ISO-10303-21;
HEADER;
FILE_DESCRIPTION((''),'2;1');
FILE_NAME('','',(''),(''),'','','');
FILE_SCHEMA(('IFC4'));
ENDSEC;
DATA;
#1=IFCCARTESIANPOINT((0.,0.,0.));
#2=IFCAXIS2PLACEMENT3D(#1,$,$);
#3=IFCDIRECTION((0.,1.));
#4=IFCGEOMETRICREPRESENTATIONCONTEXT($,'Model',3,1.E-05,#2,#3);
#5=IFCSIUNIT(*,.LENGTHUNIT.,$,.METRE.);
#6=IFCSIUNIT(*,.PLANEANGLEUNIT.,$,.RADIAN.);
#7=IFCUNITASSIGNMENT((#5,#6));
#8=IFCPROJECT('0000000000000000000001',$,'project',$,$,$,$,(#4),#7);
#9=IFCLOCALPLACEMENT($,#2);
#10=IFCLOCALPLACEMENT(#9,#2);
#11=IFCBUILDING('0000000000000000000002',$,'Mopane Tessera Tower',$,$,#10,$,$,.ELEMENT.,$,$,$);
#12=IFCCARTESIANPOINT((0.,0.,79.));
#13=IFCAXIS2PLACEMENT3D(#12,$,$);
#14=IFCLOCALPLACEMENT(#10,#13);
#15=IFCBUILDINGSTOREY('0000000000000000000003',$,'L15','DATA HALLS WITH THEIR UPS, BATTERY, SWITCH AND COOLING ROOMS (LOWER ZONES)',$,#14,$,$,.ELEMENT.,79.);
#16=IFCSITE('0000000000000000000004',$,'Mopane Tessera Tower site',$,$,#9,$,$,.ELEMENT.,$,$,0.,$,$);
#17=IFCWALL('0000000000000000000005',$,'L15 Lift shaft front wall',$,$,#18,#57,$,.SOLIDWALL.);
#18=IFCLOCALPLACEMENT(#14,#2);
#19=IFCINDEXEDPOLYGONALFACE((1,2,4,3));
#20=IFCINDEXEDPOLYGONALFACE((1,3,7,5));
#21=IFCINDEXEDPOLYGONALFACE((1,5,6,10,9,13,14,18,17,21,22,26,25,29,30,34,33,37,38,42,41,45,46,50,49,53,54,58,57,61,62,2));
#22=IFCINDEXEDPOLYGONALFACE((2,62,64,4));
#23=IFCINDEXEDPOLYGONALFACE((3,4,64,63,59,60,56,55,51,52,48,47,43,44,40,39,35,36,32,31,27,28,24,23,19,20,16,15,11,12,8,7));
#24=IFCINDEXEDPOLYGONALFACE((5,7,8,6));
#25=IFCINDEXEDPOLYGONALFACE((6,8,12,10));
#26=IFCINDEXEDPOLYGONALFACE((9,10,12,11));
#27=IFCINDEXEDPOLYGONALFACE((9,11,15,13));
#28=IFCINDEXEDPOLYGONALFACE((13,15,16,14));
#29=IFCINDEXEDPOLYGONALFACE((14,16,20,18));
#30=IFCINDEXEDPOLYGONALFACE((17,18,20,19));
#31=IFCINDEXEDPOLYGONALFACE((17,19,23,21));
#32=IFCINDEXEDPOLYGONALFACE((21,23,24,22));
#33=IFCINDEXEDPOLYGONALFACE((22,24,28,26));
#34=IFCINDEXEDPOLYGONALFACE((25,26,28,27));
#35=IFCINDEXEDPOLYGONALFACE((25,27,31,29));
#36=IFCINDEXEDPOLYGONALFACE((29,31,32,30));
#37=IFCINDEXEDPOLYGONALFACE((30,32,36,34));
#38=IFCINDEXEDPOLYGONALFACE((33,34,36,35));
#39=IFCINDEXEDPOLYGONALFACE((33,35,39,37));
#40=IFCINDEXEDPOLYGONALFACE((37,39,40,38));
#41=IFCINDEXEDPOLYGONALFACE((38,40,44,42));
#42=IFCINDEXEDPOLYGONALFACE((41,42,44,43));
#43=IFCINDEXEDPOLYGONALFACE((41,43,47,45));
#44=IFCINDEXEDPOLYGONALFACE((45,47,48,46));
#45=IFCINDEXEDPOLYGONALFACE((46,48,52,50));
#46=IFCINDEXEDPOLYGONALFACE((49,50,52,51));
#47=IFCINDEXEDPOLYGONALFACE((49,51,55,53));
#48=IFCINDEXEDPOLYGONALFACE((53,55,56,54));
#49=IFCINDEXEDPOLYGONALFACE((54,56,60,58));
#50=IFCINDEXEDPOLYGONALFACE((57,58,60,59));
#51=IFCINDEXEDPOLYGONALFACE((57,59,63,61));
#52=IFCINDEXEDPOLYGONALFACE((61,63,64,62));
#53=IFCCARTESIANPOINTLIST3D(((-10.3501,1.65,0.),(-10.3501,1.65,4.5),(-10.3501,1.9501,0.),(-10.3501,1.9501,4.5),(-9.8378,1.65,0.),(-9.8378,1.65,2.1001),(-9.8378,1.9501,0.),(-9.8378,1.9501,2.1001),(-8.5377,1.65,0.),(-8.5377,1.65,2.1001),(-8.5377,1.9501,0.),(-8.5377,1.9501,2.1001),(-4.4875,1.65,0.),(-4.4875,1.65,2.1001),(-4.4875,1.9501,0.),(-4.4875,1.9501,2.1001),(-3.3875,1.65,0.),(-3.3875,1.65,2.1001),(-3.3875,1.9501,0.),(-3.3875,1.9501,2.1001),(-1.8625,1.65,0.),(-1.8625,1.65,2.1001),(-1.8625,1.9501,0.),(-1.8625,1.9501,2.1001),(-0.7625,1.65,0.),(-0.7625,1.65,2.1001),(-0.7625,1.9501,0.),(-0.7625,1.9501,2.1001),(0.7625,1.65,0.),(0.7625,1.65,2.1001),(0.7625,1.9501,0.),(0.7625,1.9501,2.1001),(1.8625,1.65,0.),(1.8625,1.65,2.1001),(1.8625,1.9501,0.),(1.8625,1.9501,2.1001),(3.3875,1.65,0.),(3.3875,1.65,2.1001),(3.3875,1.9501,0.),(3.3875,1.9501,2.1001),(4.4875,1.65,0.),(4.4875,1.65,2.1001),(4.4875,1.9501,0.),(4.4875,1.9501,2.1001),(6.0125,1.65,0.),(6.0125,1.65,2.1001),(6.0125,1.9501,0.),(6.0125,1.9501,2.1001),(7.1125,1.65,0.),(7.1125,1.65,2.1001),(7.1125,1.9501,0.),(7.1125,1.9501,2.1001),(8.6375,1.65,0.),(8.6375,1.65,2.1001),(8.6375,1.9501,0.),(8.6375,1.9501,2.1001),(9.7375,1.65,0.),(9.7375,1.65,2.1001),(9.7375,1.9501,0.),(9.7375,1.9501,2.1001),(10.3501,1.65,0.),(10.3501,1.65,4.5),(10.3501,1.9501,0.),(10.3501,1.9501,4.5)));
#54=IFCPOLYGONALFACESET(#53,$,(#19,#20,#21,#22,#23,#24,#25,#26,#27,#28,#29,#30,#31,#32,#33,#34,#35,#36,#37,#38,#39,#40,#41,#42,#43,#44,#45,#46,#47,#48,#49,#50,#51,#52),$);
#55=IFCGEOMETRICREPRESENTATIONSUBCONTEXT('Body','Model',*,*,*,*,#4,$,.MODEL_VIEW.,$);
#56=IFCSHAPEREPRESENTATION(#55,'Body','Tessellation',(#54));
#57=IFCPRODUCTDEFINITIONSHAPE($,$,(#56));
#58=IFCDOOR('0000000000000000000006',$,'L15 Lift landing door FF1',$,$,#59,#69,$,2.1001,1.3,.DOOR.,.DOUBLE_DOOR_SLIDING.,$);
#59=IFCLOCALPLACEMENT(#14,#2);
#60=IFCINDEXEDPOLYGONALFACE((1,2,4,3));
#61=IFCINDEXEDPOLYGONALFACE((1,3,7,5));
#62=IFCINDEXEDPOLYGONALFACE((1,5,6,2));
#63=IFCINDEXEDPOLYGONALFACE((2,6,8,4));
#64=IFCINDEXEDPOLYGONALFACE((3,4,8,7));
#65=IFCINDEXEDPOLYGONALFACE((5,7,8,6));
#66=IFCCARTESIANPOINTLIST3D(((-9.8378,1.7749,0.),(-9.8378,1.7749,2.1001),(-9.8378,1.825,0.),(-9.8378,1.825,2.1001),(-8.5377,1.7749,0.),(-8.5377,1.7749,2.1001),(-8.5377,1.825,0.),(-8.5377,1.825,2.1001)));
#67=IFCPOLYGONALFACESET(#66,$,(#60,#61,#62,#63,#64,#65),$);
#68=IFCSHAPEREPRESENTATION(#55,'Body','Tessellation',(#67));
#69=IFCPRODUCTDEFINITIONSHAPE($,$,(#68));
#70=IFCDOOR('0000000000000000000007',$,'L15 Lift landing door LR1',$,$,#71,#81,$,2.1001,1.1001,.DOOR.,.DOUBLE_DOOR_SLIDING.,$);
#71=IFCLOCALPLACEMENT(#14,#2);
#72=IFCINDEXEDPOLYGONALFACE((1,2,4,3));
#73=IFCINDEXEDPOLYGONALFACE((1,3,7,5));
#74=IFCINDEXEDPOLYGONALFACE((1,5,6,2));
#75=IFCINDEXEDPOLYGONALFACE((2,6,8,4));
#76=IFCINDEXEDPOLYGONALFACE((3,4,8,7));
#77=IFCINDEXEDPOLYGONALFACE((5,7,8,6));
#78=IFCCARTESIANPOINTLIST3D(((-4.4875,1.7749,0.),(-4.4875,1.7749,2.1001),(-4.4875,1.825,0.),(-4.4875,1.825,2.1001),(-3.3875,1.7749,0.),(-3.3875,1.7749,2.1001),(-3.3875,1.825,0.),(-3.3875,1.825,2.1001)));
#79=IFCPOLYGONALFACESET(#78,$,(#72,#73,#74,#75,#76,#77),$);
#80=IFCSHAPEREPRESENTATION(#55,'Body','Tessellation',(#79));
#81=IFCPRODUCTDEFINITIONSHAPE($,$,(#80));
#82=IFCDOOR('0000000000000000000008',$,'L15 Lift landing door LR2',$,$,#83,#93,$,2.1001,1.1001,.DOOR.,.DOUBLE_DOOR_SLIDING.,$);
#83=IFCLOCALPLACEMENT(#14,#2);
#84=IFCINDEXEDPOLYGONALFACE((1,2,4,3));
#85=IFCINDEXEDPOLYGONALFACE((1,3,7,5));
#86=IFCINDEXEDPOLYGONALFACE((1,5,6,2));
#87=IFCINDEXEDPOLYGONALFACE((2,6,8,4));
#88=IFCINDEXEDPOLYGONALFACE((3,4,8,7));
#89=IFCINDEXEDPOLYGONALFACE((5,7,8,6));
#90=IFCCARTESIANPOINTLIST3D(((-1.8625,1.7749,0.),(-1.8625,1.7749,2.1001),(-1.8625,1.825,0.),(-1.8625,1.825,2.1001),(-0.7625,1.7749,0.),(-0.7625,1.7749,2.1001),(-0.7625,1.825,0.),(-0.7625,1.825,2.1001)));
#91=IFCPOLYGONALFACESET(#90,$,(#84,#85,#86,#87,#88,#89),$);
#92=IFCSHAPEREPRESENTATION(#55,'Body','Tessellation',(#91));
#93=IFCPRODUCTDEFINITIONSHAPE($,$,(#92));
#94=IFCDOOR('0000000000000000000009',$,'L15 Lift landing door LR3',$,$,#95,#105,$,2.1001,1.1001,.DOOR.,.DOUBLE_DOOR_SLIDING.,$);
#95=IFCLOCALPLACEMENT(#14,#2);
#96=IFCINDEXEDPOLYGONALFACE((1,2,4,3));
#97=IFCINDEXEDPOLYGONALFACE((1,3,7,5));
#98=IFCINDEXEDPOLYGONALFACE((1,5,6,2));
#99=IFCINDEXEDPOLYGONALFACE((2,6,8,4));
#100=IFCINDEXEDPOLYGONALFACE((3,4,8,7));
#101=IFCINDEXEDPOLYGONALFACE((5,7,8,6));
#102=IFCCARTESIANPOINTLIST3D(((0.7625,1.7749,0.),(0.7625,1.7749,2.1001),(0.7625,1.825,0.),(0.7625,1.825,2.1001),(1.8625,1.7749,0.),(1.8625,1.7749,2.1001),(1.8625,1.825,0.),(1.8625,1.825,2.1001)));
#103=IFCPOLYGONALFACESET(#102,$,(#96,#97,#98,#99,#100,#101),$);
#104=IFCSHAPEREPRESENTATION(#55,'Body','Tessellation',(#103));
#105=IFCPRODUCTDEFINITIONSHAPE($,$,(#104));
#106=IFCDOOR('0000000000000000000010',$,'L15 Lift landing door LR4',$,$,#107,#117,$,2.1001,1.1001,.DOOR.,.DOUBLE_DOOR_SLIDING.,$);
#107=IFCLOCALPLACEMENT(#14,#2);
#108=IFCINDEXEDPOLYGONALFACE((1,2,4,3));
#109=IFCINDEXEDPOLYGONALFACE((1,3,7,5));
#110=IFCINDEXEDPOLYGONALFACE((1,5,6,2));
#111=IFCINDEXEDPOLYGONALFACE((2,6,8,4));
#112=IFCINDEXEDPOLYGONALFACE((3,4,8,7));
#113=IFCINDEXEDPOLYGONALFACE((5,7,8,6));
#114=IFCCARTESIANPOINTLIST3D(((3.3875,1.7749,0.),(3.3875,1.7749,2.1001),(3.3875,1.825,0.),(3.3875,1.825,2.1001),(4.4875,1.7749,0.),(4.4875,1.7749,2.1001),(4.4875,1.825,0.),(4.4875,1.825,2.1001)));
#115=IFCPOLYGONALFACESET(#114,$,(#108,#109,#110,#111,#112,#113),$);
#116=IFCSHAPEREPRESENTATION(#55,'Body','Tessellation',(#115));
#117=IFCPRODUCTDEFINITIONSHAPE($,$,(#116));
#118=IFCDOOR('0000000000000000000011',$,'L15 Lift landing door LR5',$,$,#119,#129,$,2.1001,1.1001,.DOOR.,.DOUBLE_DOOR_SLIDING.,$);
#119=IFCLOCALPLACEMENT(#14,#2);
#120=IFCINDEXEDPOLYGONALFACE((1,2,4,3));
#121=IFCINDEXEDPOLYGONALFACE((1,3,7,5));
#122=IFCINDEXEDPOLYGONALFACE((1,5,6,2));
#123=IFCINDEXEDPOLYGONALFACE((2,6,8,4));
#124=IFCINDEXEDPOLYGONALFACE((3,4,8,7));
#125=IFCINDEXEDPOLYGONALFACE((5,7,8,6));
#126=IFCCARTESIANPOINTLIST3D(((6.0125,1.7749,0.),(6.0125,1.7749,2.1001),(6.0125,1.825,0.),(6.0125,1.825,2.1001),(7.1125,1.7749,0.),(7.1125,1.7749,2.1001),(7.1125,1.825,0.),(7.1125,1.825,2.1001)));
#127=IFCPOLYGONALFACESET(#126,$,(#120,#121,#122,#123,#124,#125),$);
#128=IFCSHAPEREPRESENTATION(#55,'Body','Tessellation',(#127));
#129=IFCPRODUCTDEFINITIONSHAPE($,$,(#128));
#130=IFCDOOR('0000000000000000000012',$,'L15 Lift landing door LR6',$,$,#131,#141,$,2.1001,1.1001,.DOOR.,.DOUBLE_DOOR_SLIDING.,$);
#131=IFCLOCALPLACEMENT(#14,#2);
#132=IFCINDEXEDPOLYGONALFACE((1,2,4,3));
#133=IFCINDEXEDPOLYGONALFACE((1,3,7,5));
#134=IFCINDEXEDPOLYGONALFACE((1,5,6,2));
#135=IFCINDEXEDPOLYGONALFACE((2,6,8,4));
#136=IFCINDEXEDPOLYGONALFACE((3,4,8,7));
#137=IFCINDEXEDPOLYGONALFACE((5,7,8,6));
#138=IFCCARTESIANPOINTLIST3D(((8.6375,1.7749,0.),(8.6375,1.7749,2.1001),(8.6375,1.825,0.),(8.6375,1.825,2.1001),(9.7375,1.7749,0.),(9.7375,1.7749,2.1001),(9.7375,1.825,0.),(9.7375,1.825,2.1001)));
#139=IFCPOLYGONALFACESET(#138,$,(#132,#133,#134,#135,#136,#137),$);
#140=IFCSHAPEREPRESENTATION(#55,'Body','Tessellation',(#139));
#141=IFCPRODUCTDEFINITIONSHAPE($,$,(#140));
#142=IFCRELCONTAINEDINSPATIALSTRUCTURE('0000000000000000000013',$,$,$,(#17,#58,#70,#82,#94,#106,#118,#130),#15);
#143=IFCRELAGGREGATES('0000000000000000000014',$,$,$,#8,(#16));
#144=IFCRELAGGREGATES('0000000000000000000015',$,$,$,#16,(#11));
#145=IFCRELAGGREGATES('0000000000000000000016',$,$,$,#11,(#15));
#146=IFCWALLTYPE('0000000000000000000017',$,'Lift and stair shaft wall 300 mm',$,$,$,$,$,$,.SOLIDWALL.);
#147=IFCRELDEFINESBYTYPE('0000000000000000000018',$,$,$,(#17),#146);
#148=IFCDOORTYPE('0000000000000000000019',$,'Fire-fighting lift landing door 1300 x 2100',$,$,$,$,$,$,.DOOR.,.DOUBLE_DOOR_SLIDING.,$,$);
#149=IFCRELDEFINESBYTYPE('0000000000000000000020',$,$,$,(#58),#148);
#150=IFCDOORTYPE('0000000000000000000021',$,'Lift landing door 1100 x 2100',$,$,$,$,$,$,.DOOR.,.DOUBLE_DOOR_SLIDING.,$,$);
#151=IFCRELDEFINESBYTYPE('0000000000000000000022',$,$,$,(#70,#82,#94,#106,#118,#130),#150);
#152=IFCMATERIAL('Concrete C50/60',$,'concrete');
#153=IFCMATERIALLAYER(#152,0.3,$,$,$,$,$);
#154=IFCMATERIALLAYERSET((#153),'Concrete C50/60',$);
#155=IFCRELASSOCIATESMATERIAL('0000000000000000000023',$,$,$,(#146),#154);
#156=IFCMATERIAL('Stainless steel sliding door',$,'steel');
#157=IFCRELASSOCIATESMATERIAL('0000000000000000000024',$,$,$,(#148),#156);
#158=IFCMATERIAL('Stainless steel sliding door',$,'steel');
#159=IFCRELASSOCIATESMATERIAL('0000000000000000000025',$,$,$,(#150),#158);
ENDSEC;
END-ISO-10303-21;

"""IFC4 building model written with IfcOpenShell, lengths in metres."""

from ifc_helpers import new_model, si_unit, direction, frame, frame_2d, origin, place, context, subcontext, project, spatial, rectangle, extrude, material, layer, layer_set, type_object, element, fill, save


model = new_model("IFC4")

# Units and contexts
model_context = context("Model", 3, precision=1e-05, world=origin(), true_north=direction((0.0, 1.0)))
body_context = subcontext(model_context, "Body", "Model", "MODEL_VIEW")
ifc_project = project(units=[si_unit("LENGTHUNIT", "METRE"), si_unit("PLANEANGLEUNIT", "RADIAN")], contexts=[model_context])

# Site, building, storey
site_placement = place(None, origin())
site = spatial("IfcSite", under=ifc_project, at=site_placement, Name="Mopane Tessera Tower site", CompositionType="ELEMENT", RefElevation=0.0)
building_placement = place(site_placement, origin())
building = spatial("IfcBuilding", under=site, at=building_placement, Name="Mopane Tessera Tower", CompositionType="ELEMENT")
storey_placement = place(building_placement, frame((0.0, 0.0, 79.0)))
storey = spatial("IfcBuildingStorey", under=building, at=storey_placement, Name="L15", Description="DATA HALLS WITH THEIR UPS, BATTERY, SWITCH AND COOLING ROOMS (LOWER ZONES)", CompositionType="ELEMENT", Elevation=79.0)

# Shared definitions
ifc_material_1 = material(Name="Concrete C50/60", Category="concrete")
ifc_layer_1 = layer(ifc_material_1, 0.3)
ifc_layer_set_1 = layer_set([ifc_layer_1], Name="Concrete C50/60")
wall_type_1 = type_object("IfcWallType", Name="Lift and stair shaft wall 300 mm", PredefinedType="SOLIDWALL", material=ifc_layer_set_1)

# Wall, openings, doors
wall_1_placement = place(storey_placement, frame((-10.3501, 1.8, 0.0), z_axis=(0.0, 0.0, 1.0), x_axis=(1.0, 0.0, 0.0)))
wall_1 = element("IfcWall", 1, at=wall_1_placement, inside=storey, type_object=wall_type_1, Name="L15 Lift shaft front wall", PredefinedType="SOLIDWALL", context=body_context, shape_type="SweptSolid", body=[
    extrude(rectangle(XDim=20.7002, YDim=0.3, at=frame_2d((10.3501, 0.0))), origin(), (0.0, 0.0, 1.0), 4.5),
])
opening_1_placement = place(wall_1_placement, frame((0.5125, 0.0, 0.0)))
opening_1 = element("IfcOpeningElement", 2, at=opening_1_placement, cuts=wall_1, PredefinedType="OPENING", context=body_context, shape_type="SweptSolid", body=[
    extrude(rectangle(XDim=1.3, YDim=2.1001, at=frame_2d((0.6499, 1.05))), frame((0.0, 0.1621, 0.0), z_axis=(0.0, -1.0, 0.0), x_axis=(1.0, 0.0, 0.0)), (0.0, 0.0, 1.0), 0.324),
])
opening_2_placement = place(wall_1_placement, frame((5.8625, 0.0, 0.0)))
opening_2 = element("IfcOpeningElement", 3, at=opening_2_placement, cuts=wall_1, PredefinedType="OPENING", context=body_context, shape_type="SweptSolid", body=[
    extrude(rectangle(XDim=1.1001, YDim=2.1001, at=frame_2d((0.55, 1.05))), frame((0.0, 0.1621, 0.0), z_axis=(0.0, -1.0, 0.0), x_axis=(1.0, 0.0, 0.0)), (0.0, 0.0, 1.0), 0.324),
])
opening_3_placement = place(wall_1_placement, frame((8.4875, 0.0, 0.0)))
opening_3 = element("IfcOpeningElement", 4, at=opening_3_placement, cuts=wall_1, PredefinedType="OPENING", context=body_context, shape_type="SweptSolid", body=[
    extrude(rectangle(XDim=1.1001, YDim=2.1001, at=frame_2d((0.55, 1.05))), frame((0.0, 0.1621, 0.0), z_axis=(0.0, -1.0, 0.0), x_axis=(1.0, 0.0, 0.0)), (0.0, 0.0, 1.0), 0.324),
])
opening_4_placement = place(wall_1_placement, frame((11.1125, 0.0, 0.0)))
opening_4 = element("IfcOpeningElement", 5, at=opening_4_placement, cuts=wall_1, PredefinedType="OPENING", context=body_context, shape_type="SweptSolid", body=[
    extrude(rectangle(XDim=1.1001, YDim=2.1001, at=frame_2d((0.55, 1.05))), frame((0.0, 0.1621, 0.0), z_axis=(0.0, -1.0, 0.0), x_axis=(1.0, 0.0, 0.0)), (0.0, 0.0, 1.0), 0.324),
])
opening_5_placement = place(wall_1_placement, frame((13.7375, 0.0, 0.0)))
opening_5 = element("IfcOpeningElement", 6, at=opening_5_placement, cuts=wall_1, PredefinedType="OPENING", context=body_context, shape_type="SweptSolid", body=[
    extrude(rectangle(XDim=1.1001, YDim=2.1001, at=frame_2d((0.55, 1.05))), frame((0.0, 0.1621, 0.0), z_axis=(0.0, -1.0, 0.0), x_axis=(1.0, 0.0, 0.0)), (0.0, 0.0, 1.0), 0.324),
])
opening_6_placement = place(wall_1_placement, frame((16.3625, 0.0, 0.0)))
opening_6 = element("IfcOpeningElement", 7, at=opening_6_placement, cuts=wall_1, PredefinedType="OPENING", context=body_context, shape_type="SweptSolid", body=[
    extrude(rectangle(XDim=1.1001, YDim=2.1001, at=frame_2d((0.55, 1.05))), frame((0.0, 0.1621, 0.0), z_axis=(0.0, -1.0, 0.0), x_axis=(1.0, 0.0, 0.0)), (0.0, 0.0, 1.0), 0.324),
])
opening_7_placement = place(wall_1_placement, frame((18.9875, 0.0, 0.0)))
opening_7 = element("IfcOpeningElement", 8, at=opening_7_placement, cuts=wall_1, PredefinedType="OPENING", context=body_context, shape_type="SweptSolid", body=[
    extrude(rectangle(XDim=1.1001, YDim=2.1001, at=frame_2d((0.55, 1.05))), frame((0.0, 0.1621, 0.0), z_axis=(0.0, -1.0, 0.0), x_axis=(1.0, 0.0, 0.0)), (0.0, 0.0, 1.0), 0.324),
])
ifc_material_2 = material(Name="Stainless steel sliding door", Category="steel")
door_type_1 = type_object("IfcDoorType", Name="Fire-fighting lift landing door 1300 x 2100", OperationType="DOUBLE_DOOR_SLIDING", PredefinedType="DOOR", material=ifc_material_2)
door_1_placement = place(opening_1_placement, origin())
door_1 = element("IfcDoor", 9, at=door_1_placement, inside=storey, type_object=door_type_1, Name="L15 Lift landing door FF1", OperationType="DOUBLE_DOOR_SLIDING", OverallHeight=2.1001, OverallWidth=1.3, PredefinedType="DOOR", context=body_context, shape_type="SweptSolid", body=[
    extrude(rectangle(XDim=1.3, YDim=2.1001, at=frame_2d((0.6499, 1.05))), frame((0.0, 0.0249, 0.0), z_axis=(0.0, -1.0, 0.0), x_axis=(1.0, 0.0, 0.0)), (0.0, 0.0, 1.0), 0.05),
])
fill(opening_1, door_1)
ifc_material_3 = material(Name="Stainless steel sliding door", Category="steel")
door_type_2 = type_object("IfcDoorType", Name="Lift landing door 1100 x 2100", OperationType="DOUBLE_DOOR_SLIDING", PredefinedType="DOOR", material=ifc_material_3)
door_2_placement = place(opening_2_placement, origin())
door_2 = element("IfcDoor", 10, at=door_2_placement, inside=storey, type_object=door_type_2, Name="L15 Lift landing door LR1", OperationType="DOUBLE_DOOR_SLIDING", OverallHeight=2.1001, OverallWidth=1.1001, PredefinedType="DOOR", context=body_context, shape_type="SweptSolid", body=[
    extrude(rectangle(XDim=1.1001, YDim=2.1001, at=frame_2d((0.55, 1.05))), frame((0.0, 0.0249, 0.0), z_axis=(0.0, -1.0, 0.0), x_axis=(1.0, 0.0, 0.0)), (0.0, 0.0, 1.0), 0.05),
])
fill(opening_2, door_2)
door_3_placement = place(opening_3_placement, origin())
door_3 = element("IfcDoor", 11, at=door_3_placement, inside=storey, type_object=door_type_2, Name="L15 Lift landing door LR2", OperationType="DOUBLE_DOOR_SLIDING", OverallHeight=2.1001, OverallWidth=1.1001, PredefinedType="DOOR", context=body_context, shape_type="SweptSolid", body=[
    extrude(rectangle(XDim=1.1001, YDim=2.1001, at=frame_2d((0.55, 1.05))), frame((0.0, 0.0249, 0.0), z_axis=(0.0, -1.0, 0.0), x_axis=(1.0, 0.0, 0.0)), (0.0, 0.0, 1.0), 0.05),
])
fill(opening_3, door_3)
door_4_placement = place(opening_4_placement, origin())
door_4 = element("IfcDoor", 12, at=door_4_placement, inside=storey, type_object=door_type_2, Name="L15 Lift landing door LR3", OperationType="DOUBLE_DOOR_SLIDING", OverallHeight=2.1001, OverallWidth=1.1001, PredefinedType="DOOR", context=body_context, shape_type="SweptSolid", body=[
    extrude(rectangle(XDim=1.1001, YDim=2.1001, at=frame_2d((0.55, 1.05))), frame((0.0, 0.0249, 0.0), z_axis=(0.0, -1.0, 0.0), x_axis=(1.0, 0.0, 0.0)), (0.0, 0.0, 1.0), 0.05),
])
fill(opening_4, door_4)
door_5_placement = place(opening_5_placement, origin())
door_5 = element("IfcDoor", 13, at=door_5_placement, inside=storey, type_object=door_type_2, Name="L15 Lift landing door LR4", OperationType="DOUBLE_DOOR_SLIDING", OverallHeight=2.1001, OverallWidth=1.1001, PredefinedType="DOOR", context=body_context, shape_type="SweptSolid", body=[
    extrude(rectangle(XDim=1.1001, YDim=2.1001, at=frame_2d((0.55, 1.05))), frame((0.0, 0.0249, 0.0), z_axis=(0.0, -1.0, 0.0), x_axis=(1.0, 0.0, 0.0)), (0.0, 0.0, 1.0), 0.05),
])
fill(opening_5, door_5)
door_6_placement = place(opening_6_placement, origin())
door_6 = element("IfcDoor", 14, at=door_6_placement, inside=storey, type_object=door_type_2, Name="L15 Lift landing door LR5", OperationType="DOUBLE_DOOR_SLIDING", OverallHeight=2.1001, OverallWidth=1.1001, PredefinedType="DOOR", context=body_context, shape_type="SweptSolid", body=[
    extrude(rectangle(XDim=1.1001, YDim=2.1001, at=frame_2d((0.55, 1.05))), frame((0.0, 0.0249, 0.0), z_axis=(0.0, -1.0, 0.0), x_axis=(1.0, 0.0, 0.0)), (0.0, 0.0, 1.0), 0.05),
])
fill(opening_6, door_6)
door_7_placement = place(opening_7_placement, origin())
door_7 = element("IfcDoor", 15, at=door_7_placement, inside=storey, type_object=door_type_2, Name="L15 Lift landing door LR6", OperationType="DOUBLE_DOOR_SLIDING", OverallHeight=2.1001, OverallWidth=1.1001, PredefinedType="DOOR", context=body_context, shape_type="SweptSolid", body=[
    extrude(rectangle(XDim=1.1001, YDim=2.1001, at=frame_2d((0.55, 1.05))), frame((0.0, 0.0249, 0.0), z_axis=(0.0, -1.0, 0.0), x_axis=(1.0, 0.0, 0.0)), (0.0, 0.0, 1.0), 0.05),
])
fill(opening_7, door_7)

save(model, "model.ifc")
